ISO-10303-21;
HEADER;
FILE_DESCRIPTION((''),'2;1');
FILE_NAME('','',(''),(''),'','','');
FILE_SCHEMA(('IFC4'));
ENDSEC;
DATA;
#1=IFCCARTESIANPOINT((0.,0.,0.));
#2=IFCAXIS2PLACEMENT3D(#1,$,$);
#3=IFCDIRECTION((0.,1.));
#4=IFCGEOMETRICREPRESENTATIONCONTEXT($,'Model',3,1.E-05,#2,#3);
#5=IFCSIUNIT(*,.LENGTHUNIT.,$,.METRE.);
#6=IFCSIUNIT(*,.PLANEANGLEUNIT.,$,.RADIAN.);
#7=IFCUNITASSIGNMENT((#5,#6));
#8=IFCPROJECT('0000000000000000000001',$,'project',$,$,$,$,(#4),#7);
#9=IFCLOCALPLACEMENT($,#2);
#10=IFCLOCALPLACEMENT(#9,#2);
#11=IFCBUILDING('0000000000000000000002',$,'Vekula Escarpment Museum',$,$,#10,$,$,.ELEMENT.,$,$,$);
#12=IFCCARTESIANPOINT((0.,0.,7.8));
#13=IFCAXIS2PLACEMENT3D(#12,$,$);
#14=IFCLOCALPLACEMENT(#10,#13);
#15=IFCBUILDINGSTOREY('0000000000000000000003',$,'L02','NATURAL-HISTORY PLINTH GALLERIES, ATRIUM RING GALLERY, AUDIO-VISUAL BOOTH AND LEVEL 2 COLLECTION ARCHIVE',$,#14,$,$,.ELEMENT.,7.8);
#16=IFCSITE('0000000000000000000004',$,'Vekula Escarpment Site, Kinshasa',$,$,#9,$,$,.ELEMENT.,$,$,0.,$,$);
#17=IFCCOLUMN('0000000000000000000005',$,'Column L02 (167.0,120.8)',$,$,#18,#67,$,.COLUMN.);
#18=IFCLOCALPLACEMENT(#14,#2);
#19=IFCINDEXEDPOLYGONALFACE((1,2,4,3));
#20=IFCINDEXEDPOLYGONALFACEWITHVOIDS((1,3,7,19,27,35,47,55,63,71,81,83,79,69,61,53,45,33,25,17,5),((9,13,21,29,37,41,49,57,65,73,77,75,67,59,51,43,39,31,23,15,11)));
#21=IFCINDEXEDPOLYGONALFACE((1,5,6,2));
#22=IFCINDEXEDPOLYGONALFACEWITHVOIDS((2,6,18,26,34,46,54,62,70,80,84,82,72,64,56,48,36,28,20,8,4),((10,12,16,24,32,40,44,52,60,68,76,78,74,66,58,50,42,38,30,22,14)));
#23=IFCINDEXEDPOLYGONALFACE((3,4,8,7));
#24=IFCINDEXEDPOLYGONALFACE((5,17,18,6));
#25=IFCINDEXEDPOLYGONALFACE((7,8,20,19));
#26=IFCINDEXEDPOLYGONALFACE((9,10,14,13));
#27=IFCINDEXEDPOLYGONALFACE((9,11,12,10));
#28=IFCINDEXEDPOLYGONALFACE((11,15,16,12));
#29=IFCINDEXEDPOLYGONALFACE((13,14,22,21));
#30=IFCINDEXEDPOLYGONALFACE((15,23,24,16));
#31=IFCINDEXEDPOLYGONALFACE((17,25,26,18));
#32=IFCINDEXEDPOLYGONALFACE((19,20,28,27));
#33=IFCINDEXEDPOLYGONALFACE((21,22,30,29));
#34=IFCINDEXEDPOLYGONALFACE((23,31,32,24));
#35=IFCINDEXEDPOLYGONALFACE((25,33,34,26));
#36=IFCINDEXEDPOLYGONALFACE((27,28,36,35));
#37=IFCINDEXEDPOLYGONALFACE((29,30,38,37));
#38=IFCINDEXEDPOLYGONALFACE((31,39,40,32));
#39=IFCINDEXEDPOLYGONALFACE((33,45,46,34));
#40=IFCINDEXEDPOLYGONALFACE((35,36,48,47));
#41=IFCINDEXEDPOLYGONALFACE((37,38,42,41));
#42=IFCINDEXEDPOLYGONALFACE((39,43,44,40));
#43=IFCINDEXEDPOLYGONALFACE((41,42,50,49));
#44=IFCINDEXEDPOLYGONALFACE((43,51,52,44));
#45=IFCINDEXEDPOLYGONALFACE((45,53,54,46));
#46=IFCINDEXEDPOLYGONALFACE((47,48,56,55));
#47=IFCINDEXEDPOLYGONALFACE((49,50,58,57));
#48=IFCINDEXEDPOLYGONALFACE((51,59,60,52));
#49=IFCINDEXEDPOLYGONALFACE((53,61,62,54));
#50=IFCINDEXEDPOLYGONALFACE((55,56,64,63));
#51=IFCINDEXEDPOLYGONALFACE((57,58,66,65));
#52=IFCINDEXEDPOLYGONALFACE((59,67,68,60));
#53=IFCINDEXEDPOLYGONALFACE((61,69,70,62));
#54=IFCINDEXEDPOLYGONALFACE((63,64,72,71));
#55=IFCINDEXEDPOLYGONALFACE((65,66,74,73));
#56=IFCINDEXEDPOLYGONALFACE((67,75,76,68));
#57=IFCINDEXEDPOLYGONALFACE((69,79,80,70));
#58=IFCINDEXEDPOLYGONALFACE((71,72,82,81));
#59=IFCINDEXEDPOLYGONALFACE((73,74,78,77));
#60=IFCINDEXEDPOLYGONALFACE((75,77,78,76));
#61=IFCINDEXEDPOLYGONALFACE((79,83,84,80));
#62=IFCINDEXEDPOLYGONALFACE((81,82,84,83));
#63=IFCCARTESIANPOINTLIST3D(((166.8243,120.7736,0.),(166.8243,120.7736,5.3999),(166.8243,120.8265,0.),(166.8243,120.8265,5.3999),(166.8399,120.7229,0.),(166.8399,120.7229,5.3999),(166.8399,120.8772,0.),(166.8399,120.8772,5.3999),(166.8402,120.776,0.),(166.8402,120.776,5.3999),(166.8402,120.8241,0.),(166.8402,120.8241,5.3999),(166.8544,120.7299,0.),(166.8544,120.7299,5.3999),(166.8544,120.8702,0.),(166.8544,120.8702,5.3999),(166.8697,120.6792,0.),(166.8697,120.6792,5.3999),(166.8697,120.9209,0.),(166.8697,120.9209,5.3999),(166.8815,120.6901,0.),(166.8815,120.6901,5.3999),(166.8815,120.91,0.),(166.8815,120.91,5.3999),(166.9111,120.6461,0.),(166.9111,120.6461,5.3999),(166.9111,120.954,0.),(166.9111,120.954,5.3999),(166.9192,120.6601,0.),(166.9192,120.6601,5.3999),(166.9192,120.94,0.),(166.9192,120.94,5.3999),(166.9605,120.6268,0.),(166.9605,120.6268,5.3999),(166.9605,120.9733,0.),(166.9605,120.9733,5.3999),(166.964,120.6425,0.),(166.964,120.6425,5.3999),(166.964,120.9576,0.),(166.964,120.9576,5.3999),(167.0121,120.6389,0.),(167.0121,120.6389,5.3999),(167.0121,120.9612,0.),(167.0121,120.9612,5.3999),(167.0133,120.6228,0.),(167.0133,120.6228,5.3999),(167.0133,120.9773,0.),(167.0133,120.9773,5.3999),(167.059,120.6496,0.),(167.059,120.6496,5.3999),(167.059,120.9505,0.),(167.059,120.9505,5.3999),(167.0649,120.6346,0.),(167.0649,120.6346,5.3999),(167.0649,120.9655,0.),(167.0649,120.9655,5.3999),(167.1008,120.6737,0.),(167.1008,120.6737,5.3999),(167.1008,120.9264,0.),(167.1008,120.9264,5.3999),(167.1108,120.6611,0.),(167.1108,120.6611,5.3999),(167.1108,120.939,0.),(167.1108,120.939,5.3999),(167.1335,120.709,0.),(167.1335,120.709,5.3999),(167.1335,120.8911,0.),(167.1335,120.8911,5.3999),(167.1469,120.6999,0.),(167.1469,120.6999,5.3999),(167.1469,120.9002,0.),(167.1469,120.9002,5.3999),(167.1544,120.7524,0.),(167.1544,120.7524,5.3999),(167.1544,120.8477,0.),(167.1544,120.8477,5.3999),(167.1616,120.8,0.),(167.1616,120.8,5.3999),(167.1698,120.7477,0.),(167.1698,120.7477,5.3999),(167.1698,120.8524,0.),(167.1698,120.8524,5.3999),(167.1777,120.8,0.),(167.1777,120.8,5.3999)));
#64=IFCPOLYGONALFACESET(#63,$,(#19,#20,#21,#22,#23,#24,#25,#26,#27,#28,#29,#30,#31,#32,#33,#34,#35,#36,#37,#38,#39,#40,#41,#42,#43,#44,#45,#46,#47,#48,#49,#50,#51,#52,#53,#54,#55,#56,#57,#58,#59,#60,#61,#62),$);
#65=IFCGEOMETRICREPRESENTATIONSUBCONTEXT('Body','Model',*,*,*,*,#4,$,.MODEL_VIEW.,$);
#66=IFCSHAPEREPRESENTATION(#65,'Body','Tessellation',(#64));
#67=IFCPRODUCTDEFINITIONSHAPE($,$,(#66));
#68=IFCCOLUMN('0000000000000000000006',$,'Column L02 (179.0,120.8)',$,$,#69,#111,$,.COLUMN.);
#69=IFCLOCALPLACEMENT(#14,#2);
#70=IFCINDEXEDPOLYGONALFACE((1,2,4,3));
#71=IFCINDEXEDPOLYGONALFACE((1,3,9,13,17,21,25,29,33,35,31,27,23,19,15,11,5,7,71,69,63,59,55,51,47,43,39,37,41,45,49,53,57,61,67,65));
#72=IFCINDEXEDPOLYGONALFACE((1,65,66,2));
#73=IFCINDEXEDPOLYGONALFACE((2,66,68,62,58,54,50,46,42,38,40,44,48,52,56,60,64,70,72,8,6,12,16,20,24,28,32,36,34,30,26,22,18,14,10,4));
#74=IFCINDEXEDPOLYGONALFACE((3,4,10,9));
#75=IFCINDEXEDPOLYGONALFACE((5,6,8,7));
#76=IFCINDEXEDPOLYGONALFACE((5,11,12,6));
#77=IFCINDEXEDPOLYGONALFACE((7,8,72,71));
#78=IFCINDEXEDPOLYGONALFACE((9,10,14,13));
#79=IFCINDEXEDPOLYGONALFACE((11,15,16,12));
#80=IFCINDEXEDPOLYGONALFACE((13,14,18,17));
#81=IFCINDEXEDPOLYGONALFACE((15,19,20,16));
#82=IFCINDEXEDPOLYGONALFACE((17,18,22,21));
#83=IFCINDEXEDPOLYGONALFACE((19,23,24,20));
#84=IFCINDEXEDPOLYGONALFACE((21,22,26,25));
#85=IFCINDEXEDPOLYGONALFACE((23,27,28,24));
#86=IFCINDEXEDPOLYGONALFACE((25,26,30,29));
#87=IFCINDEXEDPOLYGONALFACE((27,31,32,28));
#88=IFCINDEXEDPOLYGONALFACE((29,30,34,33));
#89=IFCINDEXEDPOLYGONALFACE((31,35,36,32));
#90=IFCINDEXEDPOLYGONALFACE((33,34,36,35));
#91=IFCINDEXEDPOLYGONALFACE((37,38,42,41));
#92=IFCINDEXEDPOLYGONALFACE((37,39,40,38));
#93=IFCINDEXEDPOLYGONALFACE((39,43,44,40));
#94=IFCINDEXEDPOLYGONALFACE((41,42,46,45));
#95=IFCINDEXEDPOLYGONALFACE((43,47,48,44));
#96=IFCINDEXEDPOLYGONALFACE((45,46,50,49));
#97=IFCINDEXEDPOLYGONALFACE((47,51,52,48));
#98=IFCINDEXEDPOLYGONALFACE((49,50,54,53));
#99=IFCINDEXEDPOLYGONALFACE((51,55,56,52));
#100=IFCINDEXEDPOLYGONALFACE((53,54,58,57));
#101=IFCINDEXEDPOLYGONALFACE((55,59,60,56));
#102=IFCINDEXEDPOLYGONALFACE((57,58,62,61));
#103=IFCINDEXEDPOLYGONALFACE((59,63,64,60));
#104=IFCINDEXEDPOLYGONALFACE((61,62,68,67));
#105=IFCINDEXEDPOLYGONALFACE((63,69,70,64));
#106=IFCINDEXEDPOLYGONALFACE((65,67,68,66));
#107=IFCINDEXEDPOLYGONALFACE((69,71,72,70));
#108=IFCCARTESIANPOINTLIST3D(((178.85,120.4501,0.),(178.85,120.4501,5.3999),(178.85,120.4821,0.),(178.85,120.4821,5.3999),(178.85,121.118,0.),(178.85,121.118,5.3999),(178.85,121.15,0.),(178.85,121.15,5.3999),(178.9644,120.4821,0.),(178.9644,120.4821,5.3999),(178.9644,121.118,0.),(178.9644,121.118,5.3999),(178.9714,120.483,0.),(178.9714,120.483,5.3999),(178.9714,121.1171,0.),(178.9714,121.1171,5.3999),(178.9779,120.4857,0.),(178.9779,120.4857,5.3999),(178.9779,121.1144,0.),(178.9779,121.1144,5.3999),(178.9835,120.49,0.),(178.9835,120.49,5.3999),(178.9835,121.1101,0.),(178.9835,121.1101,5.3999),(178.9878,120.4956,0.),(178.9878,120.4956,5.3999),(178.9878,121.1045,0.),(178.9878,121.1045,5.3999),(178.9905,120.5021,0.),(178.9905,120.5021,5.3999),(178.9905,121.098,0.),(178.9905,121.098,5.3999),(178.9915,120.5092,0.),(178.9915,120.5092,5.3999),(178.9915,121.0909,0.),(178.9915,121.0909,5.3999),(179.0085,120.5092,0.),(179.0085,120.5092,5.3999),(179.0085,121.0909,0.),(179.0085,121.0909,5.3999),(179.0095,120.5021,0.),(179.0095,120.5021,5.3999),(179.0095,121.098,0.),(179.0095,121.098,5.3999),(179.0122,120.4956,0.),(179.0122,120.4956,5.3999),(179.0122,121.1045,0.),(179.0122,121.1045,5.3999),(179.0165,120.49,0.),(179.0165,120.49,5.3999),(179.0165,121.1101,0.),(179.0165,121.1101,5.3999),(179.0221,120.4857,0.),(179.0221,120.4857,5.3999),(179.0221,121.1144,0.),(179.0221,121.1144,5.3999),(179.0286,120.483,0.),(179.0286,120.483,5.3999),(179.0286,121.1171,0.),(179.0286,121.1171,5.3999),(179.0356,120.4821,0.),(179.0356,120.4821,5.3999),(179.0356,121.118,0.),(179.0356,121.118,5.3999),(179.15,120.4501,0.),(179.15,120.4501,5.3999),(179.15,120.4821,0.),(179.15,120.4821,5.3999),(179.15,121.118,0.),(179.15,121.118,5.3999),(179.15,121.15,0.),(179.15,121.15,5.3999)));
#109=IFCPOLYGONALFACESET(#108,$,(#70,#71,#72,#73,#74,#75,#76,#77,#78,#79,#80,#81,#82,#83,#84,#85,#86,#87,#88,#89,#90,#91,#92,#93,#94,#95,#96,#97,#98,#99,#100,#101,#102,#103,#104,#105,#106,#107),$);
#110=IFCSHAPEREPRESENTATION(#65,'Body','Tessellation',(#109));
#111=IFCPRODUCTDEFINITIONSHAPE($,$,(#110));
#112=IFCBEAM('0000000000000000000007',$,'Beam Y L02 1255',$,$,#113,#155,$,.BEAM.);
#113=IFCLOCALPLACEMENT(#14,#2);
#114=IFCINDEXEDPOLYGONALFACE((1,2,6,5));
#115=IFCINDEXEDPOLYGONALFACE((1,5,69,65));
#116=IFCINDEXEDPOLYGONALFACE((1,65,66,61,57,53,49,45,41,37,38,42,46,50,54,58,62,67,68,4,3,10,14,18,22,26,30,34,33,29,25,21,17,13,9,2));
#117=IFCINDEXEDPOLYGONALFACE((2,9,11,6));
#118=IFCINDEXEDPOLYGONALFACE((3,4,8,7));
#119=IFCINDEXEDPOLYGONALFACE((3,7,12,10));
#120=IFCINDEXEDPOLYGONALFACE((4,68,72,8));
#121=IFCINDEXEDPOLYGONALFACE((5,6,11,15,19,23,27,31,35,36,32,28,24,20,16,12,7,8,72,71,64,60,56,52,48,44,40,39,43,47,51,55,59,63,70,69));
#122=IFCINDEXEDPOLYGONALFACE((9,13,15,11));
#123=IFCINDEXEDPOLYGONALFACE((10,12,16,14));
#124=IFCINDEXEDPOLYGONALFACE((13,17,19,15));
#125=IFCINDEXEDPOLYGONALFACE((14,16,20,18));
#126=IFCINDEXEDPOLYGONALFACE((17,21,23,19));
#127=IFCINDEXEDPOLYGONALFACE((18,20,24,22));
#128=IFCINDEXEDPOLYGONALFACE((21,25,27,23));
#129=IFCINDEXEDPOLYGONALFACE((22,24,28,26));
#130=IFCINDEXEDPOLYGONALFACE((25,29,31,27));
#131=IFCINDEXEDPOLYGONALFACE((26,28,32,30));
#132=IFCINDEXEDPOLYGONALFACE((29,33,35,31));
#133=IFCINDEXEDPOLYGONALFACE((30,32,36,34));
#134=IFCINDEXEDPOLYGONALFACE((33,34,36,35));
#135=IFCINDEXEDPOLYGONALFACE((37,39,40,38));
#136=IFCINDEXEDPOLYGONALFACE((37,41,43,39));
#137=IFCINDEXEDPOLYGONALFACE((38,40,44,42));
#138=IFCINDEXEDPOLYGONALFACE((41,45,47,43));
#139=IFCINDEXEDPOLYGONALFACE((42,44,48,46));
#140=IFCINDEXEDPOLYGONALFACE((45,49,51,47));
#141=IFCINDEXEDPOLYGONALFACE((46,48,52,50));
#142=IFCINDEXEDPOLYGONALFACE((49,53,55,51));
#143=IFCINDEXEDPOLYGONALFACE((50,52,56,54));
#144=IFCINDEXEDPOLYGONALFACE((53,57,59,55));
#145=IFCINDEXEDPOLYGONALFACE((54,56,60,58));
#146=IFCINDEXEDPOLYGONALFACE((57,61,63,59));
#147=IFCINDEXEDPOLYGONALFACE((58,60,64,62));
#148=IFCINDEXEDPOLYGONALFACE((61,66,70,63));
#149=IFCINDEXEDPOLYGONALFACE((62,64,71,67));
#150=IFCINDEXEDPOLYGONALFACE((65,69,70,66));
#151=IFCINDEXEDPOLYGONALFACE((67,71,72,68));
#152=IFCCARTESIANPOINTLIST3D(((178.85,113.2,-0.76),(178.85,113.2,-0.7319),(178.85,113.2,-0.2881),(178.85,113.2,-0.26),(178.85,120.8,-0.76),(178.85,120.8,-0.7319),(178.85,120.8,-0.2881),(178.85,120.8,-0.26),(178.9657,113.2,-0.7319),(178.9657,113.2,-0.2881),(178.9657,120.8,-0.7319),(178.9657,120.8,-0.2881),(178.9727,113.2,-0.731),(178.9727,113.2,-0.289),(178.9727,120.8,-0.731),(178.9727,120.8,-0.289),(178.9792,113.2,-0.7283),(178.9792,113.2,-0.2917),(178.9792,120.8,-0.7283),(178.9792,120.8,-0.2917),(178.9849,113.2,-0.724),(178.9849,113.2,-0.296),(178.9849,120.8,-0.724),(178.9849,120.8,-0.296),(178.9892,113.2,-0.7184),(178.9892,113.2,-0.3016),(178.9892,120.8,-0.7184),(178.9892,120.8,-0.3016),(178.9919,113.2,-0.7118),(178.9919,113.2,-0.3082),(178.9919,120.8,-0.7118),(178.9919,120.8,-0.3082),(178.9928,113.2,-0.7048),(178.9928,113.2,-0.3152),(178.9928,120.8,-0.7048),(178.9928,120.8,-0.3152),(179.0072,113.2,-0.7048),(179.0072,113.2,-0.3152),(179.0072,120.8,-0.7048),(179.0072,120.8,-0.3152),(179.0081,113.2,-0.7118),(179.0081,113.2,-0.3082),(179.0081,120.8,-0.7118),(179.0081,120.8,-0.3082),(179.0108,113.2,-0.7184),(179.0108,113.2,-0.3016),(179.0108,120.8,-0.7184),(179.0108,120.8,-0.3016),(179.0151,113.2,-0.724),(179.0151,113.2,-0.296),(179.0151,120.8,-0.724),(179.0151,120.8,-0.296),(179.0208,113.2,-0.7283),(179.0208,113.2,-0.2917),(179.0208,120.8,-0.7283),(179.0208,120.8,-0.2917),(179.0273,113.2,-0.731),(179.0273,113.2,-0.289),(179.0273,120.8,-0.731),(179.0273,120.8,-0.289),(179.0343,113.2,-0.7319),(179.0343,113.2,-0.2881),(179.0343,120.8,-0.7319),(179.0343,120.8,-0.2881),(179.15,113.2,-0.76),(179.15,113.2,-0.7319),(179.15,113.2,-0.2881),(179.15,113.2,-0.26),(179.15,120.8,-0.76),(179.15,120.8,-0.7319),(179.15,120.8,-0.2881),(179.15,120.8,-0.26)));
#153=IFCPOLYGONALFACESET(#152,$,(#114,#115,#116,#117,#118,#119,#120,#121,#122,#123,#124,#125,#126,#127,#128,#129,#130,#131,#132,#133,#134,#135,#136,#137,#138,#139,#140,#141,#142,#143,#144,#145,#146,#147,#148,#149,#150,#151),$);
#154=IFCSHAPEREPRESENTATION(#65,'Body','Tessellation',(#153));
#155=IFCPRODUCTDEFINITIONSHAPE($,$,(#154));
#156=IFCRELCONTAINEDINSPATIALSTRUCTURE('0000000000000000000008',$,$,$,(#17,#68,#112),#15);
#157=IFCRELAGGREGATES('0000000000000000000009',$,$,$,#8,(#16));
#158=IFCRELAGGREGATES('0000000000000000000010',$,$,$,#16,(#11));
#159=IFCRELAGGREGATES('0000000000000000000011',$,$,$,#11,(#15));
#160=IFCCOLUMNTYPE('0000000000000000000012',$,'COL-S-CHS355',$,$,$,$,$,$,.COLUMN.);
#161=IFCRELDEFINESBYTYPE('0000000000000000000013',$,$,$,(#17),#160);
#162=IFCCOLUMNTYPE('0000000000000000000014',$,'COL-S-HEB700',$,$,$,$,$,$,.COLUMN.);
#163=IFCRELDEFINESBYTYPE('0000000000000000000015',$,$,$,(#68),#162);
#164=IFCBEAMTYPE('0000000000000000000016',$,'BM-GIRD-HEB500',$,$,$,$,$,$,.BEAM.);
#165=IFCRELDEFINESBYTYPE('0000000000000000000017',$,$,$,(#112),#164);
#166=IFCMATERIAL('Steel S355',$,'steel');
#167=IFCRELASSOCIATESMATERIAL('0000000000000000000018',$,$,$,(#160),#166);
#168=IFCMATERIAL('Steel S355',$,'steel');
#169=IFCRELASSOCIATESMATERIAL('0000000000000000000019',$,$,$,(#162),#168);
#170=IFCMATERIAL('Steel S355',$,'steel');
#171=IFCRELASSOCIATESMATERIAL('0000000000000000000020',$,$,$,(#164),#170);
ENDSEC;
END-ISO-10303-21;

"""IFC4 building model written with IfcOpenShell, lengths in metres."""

from ifc_helpers import new_model, si_unit, direction, frame, origin, origin_2d, place, context, subcontext, project, spatial, hollow_circle, i_section, extrude, material, material_profile, profile_set, type_object, element, save


model = new_model("IFC4")

# Units and contexts
model_context = context("Model", 3, precision=1e-05, world=origin(), true_north=direction((0.0, 1.0)))
body_context = subcontext(model_context, "Body", "Model", "MODEL_VIEW")
ifc_project = project(units=[si_unit("LENGTHUNIT", "METRE"), si_unit("PLANEANGLEUNIT", "RADIAN")], contexts=[model_context])

# Site, building, storey
site_placement = place(None, origin())
site = spatial("IfcSite", under=ifc_project, at=site_placement, Name="Vekula Escarpment Site, Kinshasa", CompositionType="ELEMENT", RefElevation=0.0)
building_placement = place(site_placement, origin())
building = spatial("IfcBuilding", under=site, at=building_placement, Name="Vekula Escarpment Museum", CompositionType="ELEMENT")
storey_placement = place(building_placement, frame((0.0, 0.0, 7.8)))
storey = spatial("IfcBuildingStorey", under=building, at=storey_placement, Name="L02", Description="NATURAL-HISTORY PLINTH GALLERIES, ATRIUM RING GALLERY, AUDIO-VISUAL BOOTH AND LEVEL 2 COLLECTION ARCHIVE", CompositionType="ELEMENT", Elevation=7.8)

# Columns
ifc_material_1 = material(Name="Steel S355", Category="steel")
ifc_material_profile_1 = material_profile(ifc_material_1, hollow_circle(Radius=0.1777, WallThickness=0.0161, at=origin_2d()), Name="CHS 355.6x16")
ifc_profile_set_1 = profile_set([ifc_material_profile_1], Name="Steel S355")
column_type_1 = type_object("IfcColumnType", Name="COL-S-CHS355", PredefinedType="COLUMN", material=ifc_profile_set_1)
column_1_placement = place(storey_placement, frame((167.0, 120.8, 0.0), z_axis=(0.0, 0.0, 1.0), x_axis=(1.0, 0.0, 0.0)))
element("IfcColumn", 1, at=column_1_placement, inside=storey, type_object=column_type_1, Name="Column L02 (167.0,120.8)", PredefinedType="COLUMN", context=body_context, shape_type="SweptSolid", body=[
    extrude(hollow_circle(Radius=0.1777, WallThickness=0.0161, at=origin_2d()), origin(), (0.0, 0.0, 1.0), 5.3999),
])
ifc_material_2 = material(Name="Steel S355", Category="steel")
ifc_material_profile_2 = material_profile(ifc_material_2, i_section(OverallWidth=0.3, OverallDepth=0.7, WebThickness=0.0171, FlangeThickness=0.032, FilletRadius=0.0271, at=origin_2d()), Name="HEB 700")
ifc_profile_set_2 = profile_set([ifc_material_profile_2], Name="Steel S355")
column_type_2 = type_object("IfcColumnType", Name="COL-S-HEB700", PredefinedType="COLUMN", material=ifc_profile_set_2)
column_2_placement = place(storey_placement, frame((179.0, 120.8, 0.0), z_axis=(0.0, 0.0, 1.0), x_axis=(1.0, 0.0, 0.0)))
element("IfcColumn", 2, at=column_2_placement, inside=storey, type_object=column_type_2, Name="Column L02 (179.0,120.8)", PredefinedType="COLUMN", context=body_context, shape_type="SweptSolid", body=[
    extrude(i_section(OverallWidth=0.3, OverallDepth=0.7, WebThickness=0.0171, FlangeThickness=0.032, FilletRadius=0.0271, at=origin_2d()), origin(), (0.0, 0.0, 1.0), 5.3999),
])

# Beam
ifc_material_3 = material(Name="Steel S355", Category="steel")
ifc_material_profile_3 = material_profile(ifc_material_3, i_section(OverallWidth=0.3, OverallDepth=0.5, WebThickness=0.0144, FlangeThickness=0.0281, FilletRadius=0.0271, at=origin_2d()), Name="HEB 500")
ifc_profile_set_3 = profile_set([ifc_material_profile_3], Name="Steel S355")
beam_type_1 = type_object("IfcBeamType", Name="BM-GIRD-HEB500", PredefinedType="BEAM", material=ifc_profile_set_3)
beam_1_placement = place(storey_placement, frame((179.0, 113.2, -0.51), z_axis=(0.0, 1.0, 0.0), x_axis=(-1.0, 0.0, 0.0)))
element("IfcBeam", 3, at=beam_1_placement, inside=storey, type_object=beam_type_1, Name="Beam Y L02 1255", PredefinedType="BEAM", context=body_context, shape_type="SweptSolid", body=[
    extrude(i_section(OverallWidth=0.3, OverallDepth=0.5, WebThickness=0.0144, FlangeThickness=0.0281, FilletRadius=0.0271, at=origin_2d()), origin(), (0.0, 0.0, 1.0), 7.6001),
])

save(model, "model.ifc")
